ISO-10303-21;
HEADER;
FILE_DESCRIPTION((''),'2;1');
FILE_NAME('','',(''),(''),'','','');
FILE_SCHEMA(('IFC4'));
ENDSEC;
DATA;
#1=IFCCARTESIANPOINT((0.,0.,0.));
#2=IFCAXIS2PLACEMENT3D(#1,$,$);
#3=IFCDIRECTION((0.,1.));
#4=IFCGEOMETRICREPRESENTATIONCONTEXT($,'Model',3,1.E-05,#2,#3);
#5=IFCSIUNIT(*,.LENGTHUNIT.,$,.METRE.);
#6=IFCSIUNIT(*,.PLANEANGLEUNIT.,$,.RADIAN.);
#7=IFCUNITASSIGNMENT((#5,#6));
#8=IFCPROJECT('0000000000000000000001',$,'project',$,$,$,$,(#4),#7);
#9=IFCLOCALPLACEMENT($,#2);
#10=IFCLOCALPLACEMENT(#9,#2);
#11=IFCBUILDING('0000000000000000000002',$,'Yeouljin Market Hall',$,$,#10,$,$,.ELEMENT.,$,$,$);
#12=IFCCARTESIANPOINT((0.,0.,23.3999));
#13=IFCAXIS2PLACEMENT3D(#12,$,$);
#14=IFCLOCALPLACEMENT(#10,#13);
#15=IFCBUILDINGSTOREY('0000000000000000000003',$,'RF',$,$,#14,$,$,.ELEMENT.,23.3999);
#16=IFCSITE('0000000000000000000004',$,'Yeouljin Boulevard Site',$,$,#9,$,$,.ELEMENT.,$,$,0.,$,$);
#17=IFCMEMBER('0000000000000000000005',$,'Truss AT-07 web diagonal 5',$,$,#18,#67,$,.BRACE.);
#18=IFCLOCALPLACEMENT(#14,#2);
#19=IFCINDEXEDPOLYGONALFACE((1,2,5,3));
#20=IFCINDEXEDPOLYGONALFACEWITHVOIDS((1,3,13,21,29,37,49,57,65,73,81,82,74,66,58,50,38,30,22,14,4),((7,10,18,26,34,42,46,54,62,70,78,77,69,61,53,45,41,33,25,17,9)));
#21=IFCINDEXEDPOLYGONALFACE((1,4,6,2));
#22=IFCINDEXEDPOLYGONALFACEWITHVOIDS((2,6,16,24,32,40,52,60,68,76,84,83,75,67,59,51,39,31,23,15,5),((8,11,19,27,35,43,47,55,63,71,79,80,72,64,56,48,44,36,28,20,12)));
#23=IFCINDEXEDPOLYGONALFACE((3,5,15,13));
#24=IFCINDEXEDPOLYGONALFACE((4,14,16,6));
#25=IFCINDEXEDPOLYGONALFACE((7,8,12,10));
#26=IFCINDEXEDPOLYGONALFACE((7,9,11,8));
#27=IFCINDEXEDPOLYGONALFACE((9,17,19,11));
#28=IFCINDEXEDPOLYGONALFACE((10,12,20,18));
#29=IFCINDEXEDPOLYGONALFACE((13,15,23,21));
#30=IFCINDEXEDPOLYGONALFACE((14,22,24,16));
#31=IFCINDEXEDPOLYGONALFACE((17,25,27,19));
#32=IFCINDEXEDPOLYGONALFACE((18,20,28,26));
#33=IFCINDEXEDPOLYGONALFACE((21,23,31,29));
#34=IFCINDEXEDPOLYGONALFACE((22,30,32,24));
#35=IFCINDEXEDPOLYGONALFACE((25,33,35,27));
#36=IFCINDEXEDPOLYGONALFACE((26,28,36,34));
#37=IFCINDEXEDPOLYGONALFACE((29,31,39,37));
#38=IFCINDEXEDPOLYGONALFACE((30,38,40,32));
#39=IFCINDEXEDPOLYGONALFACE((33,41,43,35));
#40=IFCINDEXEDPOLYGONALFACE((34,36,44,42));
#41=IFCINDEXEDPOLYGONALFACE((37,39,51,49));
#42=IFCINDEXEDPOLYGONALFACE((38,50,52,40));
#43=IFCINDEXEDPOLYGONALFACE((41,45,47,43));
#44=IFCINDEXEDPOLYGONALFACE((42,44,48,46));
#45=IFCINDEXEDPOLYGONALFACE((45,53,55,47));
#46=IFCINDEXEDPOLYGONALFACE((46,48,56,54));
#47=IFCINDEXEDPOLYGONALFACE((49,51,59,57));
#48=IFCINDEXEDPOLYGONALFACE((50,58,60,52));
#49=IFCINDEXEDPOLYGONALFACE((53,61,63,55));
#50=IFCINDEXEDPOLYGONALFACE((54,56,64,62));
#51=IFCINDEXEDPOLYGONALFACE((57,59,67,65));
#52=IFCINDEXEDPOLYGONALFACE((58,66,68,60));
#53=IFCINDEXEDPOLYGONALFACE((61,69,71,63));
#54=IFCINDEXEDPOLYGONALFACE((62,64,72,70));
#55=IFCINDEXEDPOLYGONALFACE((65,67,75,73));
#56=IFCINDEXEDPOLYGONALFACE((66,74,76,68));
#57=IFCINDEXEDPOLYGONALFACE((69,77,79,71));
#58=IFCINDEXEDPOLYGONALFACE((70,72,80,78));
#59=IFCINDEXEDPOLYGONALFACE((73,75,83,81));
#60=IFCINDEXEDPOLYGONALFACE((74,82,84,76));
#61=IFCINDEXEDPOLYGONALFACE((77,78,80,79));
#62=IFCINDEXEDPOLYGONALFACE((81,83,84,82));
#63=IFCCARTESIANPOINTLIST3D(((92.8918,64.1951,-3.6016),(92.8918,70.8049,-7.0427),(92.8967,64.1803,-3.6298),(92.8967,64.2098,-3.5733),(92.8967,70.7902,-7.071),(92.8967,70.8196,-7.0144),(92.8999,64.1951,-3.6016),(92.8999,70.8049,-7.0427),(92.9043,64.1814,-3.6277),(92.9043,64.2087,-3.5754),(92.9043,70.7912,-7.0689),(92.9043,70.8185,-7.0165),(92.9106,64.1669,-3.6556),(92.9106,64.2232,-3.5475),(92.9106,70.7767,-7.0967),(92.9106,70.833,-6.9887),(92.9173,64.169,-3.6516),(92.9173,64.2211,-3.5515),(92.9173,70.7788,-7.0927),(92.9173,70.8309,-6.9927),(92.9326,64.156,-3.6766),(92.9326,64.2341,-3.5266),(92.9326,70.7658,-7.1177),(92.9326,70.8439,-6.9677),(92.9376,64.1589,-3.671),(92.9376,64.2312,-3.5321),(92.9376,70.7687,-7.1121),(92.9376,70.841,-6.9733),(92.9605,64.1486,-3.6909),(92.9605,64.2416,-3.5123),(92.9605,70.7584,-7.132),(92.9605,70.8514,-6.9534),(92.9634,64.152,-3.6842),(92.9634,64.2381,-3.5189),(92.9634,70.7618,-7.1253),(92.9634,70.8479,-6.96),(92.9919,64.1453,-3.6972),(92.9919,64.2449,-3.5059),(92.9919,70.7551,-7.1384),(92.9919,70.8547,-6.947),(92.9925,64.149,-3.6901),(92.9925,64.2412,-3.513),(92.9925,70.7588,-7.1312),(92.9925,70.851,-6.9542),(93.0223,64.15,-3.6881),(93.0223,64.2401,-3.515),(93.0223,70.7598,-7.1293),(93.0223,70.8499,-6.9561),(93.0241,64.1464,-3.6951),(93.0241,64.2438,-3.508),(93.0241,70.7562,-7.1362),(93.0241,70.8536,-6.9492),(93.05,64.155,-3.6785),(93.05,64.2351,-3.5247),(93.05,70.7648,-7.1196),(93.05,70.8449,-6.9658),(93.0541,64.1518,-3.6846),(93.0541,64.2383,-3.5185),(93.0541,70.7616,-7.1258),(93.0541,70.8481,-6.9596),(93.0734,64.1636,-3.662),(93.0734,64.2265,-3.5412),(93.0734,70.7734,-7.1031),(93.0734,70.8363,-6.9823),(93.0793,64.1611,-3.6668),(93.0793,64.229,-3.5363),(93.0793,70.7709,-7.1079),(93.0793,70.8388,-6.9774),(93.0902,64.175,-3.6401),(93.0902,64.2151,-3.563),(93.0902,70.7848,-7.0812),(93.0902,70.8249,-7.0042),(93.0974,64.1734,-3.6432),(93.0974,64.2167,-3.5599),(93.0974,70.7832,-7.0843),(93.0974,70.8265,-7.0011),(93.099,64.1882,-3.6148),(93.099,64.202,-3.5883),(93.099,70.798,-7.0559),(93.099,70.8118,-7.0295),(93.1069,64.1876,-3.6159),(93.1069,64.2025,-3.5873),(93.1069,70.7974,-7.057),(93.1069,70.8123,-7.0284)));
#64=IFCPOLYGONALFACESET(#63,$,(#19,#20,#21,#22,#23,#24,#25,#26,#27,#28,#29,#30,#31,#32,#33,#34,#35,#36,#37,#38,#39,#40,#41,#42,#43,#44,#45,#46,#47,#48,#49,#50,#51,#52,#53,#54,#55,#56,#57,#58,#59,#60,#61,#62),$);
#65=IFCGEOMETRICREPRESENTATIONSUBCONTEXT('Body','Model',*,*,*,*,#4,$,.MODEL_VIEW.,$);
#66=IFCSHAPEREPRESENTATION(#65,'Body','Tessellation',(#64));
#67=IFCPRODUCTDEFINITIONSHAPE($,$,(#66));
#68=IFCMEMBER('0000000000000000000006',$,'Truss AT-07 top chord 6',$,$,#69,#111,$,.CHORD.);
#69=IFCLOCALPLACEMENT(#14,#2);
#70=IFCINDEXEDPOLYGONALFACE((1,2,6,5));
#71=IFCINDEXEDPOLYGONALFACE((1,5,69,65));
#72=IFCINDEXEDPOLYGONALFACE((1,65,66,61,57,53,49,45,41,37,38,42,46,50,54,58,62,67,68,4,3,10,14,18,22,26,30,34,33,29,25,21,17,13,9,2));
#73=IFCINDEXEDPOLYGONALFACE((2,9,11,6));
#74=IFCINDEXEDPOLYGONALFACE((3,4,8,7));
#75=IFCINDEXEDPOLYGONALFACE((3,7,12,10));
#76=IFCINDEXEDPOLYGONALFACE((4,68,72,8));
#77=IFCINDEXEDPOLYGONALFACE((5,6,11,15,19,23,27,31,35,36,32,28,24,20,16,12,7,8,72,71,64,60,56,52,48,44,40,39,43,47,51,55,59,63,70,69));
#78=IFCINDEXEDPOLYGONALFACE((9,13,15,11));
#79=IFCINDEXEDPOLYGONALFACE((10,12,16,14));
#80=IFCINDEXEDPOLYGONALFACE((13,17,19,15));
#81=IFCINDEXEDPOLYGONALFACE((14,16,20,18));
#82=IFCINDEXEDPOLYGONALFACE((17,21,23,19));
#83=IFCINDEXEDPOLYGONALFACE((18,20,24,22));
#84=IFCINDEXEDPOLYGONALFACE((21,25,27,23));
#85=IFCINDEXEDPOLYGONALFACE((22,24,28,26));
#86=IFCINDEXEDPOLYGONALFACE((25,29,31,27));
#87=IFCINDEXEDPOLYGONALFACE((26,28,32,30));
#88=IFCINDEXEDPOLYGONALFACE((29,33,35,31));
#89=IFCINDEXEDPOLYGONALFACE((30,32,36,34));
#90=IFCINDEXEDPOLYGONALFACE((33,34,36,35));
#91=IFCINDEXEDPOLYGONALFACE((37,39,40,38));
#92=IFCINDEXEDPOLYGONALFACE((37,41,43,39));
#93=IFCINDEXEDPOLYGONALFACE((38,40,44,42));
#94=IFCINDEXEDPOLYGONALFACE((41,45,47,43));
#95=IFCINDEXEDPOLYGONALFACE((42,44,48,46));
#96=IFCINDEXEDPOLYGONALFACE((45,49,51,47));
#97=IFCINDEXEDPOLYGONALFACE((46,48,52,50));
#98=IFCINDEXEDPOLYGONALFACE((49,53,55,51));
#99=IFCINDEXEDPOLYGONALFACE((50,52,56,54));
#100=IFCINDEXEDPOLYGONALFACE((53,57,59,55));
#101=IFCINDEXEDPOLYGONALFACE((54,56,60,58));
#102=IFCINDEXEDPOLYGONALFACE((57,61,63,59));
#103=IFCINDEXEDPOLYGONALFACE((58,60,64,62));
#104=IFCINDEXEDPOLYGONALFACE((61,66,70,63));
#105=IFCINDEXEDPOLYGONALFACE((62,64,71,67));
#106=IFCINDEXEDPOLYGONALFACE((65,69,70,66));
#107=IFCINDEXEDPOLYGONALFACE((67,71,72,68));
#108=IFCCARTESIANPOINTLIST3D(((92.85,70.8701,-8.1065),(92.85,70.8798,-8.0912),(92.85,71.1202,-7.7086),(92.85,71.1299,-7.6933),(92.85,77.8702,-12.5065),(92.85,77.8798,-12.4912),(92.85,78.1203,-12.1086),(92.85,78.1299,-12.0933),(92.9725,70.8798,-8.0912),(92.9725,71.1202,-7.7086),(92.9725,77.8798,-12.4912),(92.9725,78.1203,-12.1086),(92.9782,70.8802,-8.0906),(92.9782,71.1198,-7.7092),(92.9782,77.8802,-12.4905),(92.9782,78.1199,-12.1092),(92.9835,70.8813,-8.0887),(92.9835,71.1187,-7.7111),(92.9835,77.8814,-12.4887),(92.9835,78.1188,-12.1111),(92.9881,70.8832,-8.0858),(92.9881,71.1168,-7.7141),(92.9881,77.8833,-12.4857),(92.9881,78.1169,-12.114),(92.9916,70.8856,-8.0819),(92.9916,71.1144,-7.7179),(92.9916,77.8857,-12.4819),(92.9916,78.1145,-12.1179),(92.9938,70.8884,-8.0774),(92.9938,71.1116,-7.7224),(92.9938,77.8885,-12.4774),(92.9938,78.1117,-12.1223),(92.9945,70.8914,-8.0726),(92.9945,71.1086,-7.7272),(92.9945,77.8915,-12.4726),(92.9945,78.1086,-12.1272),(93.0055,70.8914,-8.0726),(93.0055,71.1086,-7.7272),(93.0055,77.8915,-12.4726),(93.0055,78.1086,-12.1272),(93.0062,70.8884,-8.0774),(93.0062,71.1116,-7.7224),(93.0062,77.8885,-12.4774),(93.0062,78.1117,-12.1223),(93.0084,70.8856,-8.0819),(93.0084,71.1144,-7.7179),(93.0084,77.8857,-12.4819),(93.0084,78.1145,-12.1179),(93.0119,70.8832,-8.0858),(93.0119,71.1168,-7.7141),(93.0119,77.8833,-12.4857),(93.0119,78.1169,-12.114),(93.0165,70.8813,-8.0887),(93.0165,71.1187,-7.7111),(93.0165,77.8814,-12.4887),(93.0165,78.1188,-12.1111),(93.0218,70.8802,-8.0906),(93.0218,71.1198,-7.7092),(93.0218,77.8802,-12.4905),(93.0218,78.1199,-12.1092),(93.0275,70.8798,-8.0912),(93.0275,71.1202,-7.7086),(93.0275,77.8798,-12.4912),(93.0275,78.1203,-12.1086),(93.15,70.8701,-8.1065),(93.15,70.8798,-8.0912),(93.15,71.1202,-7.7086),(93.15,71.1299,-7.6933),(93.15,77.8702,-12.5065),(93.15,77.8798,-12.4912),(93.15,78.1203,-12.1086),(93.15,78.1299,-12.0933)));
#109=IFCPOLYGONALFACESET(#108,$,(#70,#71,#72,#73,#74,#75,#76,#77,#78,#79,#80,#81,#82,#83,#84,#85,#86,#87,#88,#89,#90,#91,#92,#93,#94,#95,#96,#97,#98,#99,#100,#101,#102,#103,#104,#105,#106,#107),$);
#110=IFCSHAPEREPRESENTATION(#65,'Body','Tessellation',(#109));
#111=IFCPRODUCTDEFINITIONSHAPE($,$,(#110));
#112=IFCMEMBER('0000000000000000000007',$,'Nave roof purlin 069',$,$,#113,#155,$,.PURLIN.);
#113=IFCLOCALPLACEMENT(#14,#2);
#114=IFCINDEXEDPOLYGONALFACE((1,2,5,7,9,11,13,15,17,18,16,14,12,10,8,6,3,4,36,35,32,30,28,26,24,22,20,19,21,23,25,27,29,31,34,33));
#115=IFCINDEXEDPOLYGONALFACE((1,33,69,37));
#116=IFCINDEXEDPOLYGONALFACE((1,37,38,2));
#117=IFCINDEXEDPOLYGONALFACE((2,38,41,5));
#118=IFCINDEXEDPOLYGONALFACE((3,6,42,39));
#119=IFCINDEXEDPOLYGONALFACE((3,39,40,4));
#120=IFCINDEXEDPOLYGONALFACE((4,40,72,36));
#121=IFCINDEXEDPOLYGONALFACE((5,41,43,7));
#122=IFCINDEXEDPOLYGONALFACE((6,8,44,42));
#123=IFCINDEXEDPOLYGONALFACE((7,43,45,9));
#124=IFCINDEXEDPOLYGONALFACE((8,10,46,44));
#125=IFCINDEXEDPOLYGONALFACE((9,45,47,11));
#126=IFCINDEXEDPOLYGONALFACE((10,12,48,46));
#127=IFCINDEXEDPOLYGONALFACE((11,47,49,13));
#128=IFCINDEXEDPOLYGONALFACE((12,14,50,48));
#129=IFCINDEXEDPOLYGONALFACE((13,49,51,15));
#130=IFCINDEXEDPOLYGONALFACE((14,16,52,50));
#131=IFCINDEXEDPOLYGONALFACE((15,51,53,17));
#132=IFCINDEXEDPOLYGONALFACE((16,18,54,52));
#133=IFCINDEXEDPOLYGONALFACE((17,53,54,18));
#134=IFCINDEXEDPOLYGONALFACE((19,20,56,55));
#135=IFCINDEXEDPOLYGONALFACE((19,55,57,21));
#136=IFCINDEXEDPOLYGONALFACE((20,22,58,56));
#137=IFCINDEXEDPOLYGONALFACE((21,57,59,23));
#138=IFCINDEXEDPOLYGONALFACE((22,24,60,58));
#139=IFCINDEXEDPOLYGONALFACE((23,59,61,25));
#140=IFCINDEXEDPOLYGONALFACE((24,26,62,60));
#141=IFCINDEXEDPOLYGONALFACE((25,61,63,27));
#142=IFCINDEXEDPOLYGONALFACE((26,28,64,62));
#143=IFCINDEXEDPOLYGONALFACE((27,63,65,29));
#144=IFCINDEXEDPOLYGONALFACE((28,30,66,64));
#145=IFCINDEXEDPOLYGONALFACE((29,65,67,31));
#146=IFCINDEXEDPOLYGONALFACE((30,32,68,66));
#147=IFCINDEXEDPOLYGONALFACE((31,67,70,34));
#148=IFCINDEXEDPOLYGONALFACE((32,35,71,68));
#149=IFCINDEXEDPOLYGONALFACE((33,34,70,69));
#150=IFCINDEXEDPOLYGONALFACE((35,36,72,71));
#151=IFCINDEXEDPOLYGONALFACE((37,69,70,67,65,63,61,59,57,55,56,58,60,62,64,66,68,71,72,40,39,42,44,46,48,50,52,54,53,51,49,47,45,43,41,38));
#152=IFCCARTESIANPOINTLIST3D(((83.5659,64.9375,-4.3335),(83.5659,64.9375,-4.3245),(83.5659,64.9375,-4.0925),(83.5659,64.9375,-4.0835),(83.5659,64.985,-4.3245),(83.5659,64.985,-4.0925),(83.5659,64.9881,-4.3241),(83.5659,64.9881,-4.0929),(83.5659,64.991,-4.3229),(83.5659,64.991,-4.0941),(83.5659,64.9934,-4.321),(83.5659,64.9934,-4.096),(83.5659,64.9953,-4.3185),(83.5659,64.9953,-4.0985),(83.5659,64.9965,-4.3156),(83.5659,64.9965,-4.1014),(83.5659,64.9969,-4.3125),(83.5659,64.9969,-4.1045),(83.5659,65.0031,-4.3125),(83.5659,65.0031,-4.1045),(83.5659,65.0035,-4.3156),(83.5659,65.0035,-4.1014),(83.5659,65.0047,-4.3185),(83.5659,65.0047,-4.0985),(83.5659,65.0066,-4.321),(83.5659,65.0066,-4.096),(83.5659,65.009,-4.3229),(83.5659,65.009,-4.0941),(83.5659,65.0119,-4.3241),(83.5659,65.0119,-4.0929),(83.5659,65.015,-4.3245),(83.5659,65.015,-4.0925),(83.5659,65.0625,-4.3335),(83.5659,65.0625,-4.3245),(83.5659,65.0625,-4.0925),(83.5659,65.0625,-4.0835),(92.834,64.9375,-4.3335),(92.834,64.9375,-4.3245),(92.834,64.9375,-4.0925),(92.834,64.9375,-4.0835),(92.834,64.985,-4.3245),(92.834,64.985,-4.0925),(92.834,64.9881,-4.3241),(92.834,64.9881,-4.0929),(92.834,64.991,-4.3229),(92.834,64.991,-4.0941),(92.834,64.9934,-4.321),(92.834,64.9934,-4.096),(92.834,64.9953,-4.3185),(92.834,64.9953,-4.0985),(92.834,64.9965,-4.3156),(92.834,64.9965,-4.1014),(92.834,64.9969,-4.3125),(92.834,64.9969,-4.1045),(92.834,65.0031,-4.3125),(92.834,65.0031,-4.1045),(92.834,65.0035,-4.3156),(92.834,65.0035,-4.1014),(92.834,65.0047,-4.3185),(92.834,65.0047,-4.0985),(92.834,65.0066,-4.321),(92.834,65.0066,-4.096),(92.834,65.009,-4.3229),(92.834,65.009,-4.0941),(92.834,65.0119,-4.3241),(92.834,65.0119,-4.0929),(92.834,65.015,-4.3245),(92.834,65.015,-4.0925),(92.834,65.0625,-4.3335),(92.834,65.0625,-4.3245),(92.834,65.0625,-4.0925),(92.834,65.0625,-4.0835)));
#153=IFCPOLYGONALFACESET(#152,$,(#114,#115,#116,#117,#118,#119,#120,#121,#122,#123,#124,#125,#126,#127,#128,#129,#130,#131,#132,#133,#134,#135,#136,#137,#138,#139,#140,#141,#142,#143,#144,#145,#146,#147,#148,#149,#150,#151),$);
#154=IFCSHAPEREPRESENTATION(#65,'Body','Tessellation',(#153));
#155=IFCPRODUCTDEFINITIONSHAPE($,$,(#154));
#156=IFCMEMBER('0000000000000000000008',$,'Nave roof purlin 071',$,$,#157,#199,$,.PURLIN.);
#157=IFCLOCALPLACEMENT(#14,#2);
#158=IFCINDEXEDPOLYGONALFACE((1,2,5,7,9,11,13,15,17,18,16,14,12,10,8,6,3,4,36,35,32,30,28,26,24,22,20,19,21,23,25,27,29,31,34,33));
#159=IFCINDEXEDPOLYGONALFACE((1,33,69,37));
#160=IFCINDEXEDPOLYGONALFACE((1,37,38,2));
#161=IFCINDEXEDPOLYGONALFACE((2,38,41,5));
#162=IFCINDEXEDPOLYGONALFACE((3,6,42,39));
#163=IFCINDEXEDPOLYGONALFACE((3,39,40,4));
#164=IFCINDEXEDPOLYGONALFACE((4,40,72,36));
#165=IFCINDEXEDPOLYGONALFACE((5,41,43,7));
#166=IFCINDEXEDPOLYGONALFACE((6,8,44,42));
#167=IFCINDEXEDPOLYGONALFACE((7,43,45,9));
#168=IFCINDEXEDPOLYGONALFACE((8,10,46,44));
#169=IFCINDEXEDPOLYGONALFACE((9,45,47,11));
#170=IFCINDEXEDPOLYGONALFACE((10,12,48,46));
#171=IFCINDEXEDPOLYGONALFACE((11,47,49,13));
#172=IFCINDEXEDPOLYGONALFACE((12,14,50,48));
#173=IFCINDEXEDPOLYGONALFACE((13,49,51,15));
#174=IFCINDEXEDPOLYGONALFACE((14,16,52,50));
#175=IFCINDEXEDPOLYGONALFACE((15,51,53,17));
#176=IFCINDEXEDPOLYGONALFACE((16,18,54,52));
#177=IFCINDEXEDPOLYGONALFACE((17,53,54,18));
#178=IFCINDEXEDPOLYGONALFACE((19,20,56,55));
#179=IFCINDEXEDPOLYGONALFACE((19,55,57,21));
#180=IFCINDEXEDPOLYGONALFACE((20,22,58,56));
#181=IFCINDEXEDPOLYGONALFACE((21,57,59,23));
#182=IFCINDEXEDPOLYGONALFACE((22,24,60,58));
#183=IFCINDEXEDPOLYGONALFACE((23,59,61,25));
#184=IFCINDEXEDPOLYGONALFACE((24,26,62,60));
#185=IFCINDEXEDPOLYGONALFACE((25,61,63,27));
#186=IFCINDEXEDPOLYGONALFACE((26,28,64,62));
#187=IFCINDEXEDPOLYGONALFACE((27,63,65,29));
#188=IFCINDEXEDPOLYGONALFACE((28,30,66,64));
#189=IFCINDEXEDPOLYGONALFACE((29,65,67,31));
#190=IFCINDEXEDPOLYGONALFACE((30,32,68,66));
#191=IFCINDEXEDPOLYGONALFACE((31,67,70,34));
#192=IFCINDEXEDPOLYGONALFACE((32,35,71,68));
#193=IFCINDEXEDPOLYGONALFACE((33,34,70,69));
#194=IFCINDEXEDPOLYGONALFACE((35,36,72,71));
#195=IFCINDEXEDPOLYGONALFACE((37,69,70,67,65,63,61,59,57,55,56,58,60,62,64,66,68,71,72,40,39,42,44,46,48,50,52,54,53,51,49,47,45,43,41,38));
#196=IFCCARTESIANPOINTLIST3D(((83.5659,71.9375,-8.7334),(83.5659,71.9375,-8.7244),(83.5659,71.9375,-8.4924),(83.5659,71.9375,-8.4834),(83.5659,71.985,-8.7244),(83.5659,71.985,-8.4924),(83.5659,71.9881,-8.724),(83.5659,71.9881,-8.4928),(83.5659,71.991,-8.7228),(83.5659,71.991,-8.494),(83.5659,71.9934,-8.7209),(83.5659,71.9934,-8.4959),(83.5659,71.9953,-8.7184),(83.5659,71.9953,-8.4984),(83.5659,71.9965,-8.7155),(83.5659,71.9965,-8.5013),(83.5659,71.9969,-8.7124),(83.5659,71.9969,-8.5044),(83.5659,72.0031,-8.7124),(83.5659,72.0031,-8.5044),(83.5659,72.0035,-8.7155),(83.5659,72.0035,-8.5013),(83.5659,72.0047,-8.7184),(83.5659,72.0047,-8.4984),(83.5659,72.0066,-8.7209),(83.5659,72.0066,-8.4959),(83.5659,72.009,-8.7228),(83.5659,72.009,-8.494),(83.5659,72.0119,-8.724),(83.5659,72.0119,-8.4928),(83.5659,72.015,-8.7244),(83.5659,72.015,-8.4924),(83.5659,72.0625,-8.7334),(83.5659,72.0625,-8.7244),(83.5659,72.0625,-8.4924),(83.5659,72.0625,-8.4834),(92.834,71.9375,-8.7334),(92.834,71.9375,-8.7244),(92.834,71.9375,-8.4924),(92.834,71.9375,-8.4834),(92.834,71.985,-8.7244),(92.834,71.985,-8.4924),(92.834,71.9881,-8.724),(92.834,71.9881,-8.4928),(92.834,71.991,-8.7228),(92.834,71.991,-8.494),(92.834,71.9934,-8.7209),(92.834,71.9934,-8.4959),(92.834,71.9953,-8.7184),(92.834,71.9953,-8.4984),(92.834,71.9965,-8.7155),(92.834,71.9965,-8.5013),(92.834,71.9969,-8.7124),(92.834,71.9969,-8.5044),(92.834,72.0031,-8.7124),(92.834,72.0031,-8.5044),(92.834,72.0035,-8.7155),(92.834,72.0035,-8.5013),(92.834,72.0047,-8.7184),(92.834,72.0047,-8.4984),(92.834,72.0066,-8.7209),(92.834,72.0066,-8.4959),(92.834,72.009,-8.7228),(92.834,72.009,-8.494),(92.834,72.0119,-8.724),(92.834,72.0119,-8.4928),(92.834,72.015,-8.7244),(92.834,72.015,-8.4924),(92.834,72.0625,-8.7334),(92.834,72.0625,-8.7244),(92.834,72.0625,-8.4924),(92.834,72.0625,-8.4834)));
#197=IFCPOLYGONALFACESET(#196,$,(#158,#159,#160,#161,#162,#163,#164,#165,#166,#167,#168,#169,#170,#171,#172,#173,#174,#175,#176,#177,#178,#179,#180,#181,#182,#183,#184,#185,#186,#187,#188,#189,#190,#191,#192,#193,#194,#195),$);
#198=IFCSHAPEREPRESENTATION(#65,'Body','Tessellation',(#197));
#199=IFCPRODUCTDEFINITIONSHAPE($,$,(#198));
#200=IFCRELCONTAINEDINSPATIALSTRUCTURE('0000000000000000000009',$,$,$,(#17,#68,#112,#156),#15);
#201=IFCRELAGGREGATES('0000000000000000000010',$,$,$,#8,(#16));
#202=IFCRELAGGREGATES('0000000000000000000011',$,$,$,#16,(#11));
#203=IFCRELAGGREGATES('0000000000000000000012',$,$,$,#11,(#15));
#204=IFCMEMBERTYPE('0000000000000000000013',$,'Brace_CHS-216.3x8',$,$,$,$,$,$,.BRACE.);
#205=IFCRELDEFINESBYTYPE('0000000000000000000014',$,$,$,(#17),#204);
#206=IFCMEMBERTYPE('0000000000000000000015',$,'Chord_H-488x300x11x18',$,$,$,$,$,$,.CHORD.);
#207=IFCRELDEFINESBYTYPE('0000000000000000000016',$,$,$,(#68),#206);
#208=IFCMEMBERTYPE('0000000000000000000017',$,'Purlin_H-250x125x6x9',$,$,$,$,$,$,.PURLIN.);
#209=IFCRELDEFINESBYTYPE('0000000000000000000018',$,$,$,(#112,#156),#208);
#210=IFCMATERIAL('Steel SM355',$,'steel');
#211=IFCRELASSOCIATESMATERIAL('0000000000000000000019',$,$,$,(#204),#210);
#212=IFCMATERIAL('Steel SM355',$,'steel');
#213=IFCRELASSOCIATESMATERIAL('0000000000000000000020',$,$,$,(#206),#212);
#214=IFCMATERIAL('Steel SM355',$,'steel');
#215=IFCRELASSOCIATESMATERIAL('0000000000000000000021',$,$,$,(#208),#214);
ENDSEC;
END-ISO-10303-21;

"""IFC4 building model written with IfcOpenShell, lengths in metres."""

from ifc_helpers import new_model, si_unit, direction, frame, origin, origin_2d, place, context, subcontext, project, spatial, hollow_circle, i_section, extrude, material, material_profile, profile_set, type_object, element, save


model = new_model("IFC4")

# Units and contexts
model_context = context("Model", 3, precision=1e-05, world=origin(), true_north=direction((0.0, 1.0)))
body_context = subcontext(model_context, "Body", "Model", "MODEL_VIEW")
ifc_project = project(units=[si_unit("LENGTHUNIT", "METRE"), si_unit("PLANEANGLEUNIT", "RADIAN")], contexts=[model_context])

# Site, building, storey
site_placement = place(None, origin())
site = spatial("IfcSite", under=ifc_project, at=site_placement, Name="Yeouljin Boulevard Site", CompositionType="ELEMENT", RefElevation=0.0)
building_placement = place(site_placement, origin())
building = spatial("IfcBuilding", under=site, at=building_placement, Name="Yeouljin Market Hall", CompositionType="ELEMENT")
storey_placement = place(building_placement, frame((0.0, 0.0, 23.3999)))
storey = spatial("IfcBuildingStorey", under=building, at=storey_placement, Name="RF", CompositionType="ELEMENT", Elevation=23.3999)

# Members
ifc_material_1 = material(Name="Steel SM355", Category="steel")
ifc_material_profile_1 = material_profile(ifc_material_1, hollow_circle(Radius=0.1082, WallThickness=0.0081, at=origin_2d()), Name="CHS-216.3x8")
ifc_profile_set_1 = profile_set([ifc_material_profile_1], Name="Steel SM355")
member_type_1 = type_object("IfcMemberType", Name="Brace_CHS-216.3x8", PredefinedType="BRACE", material=ifc_profile_set_1)
member_1_placement = place(storey_placement, frame((93.0, 64.1951, -3.6016), z_axis=(0.0, 0.886995, -0.461779), x_axis=(-1.0, 0.0, 0.0)))
element("IfcMember", 1, at=member_1_placement, inside=storey, type_object=member_type_1, Name="Truss AT-07 web diagonal 5", PredefinedType="BRACE", context=body_context, shape_type="SweptSolid", body=[
    extrude(hollow_circle(Radius=0.1082, WallThickness=0.0081, at=origin_2d()), origin(), (0.0, 0.0, 1.0), 7.4519),
])
ifc_material_2 = material(Name="Steel SM355", Category="steel")
ifc_material_profile_2 = material_profile(ifc_material_2, i_section(OverallWidth=0.3, OverallDepth=0.488, WebThickness=0.011, FlangeThickness=0.0181, FilletRadius=0.022, at=origin_2d()), Name="H-488x300x11x18")
ifc_profile_set_2 = profile_set([ifc_material_profile_2], Name="Steel SM355")
member_type_2 = type_object("IfcMemberType", Name="Chord_H-488x300x11x18", PredefinedType="CHORD", material=ifc_profile_set_2)
member_2_placement = place(storey_placement, frame((93.0, 71.0, -7.8999), z_axis=(0.0, 0.846642, -0.532163), x_axis=(-1.0, 0.0, 0.0)))
element("IfcMember", 2, at=member_2_placement, inside=storey, type_object=member_type_2, Name="Truss AT-07 top chord 6", PredefinedType="CHORD", context=body_context, shape_type="SweptSolid", body=[
    extrude(i_section(OverallWidth=0.3, OverallDepth=0.488, WebThickness=0.011, FlangeThickness=0.0181, FilletRadius=0.022, at=origin_2d()), origin(), (0.0, 0.0, 1.0), 8.2681),
])
ifc_material_3 = material(Name="Steel SM355", Category="steel")
ifc_material_profile_3 = material_profile(ifc_material_3, i_section(OverallWidth=0.125, OverallDepth=0.25, WebThickness=0.0061, FlangeThickness=0.009, FilletRadius=0.012, at=origin_2d()), Name="H-250x125x6x9")
ifc_profile_set_3 = profile_set([ifc_material_profile_3], Name="Steel SM355")
member_type_3 = type_object("IfcMemberType", Name="Purlin_H-250x125x6x9", PredefinedType="PURLIN", material=ifc_profile_set_3)
for number, where, z_axis, x_axis, name in (
    (3, (83.5659, 65.0, -4.2085), (1.0, 0.0, 0.0), (0.0, 1.0, 0.0), "Nave roof purlin 069"),
    (4, (83.5659, 72.0, -8.6084), (1.0, 0.0, 0.0), (0.0, 1.0, 0.0), "Nave roof purlin 071"),
):
    element("IfcMember", number, at=place(storey_placement, frame(where, z_axis=z_axis, x_axis=x_axis)), inside=storey, type_object=member_type_3, Name=name, PredefinedType="PURLIN", context=body_context, shape_type="SweptSolid", body=[
        extrude(i_section(OverallWidth=0.125, OverallDepth=0.25, WebThickness=0.0061, FlangeThickness=0.009, FilletRadius=0.012, at=origin_2d()), origin(), (0.0, 0.0, 1.0), 9.2681),
    ])

save(model, "model.ifc")
